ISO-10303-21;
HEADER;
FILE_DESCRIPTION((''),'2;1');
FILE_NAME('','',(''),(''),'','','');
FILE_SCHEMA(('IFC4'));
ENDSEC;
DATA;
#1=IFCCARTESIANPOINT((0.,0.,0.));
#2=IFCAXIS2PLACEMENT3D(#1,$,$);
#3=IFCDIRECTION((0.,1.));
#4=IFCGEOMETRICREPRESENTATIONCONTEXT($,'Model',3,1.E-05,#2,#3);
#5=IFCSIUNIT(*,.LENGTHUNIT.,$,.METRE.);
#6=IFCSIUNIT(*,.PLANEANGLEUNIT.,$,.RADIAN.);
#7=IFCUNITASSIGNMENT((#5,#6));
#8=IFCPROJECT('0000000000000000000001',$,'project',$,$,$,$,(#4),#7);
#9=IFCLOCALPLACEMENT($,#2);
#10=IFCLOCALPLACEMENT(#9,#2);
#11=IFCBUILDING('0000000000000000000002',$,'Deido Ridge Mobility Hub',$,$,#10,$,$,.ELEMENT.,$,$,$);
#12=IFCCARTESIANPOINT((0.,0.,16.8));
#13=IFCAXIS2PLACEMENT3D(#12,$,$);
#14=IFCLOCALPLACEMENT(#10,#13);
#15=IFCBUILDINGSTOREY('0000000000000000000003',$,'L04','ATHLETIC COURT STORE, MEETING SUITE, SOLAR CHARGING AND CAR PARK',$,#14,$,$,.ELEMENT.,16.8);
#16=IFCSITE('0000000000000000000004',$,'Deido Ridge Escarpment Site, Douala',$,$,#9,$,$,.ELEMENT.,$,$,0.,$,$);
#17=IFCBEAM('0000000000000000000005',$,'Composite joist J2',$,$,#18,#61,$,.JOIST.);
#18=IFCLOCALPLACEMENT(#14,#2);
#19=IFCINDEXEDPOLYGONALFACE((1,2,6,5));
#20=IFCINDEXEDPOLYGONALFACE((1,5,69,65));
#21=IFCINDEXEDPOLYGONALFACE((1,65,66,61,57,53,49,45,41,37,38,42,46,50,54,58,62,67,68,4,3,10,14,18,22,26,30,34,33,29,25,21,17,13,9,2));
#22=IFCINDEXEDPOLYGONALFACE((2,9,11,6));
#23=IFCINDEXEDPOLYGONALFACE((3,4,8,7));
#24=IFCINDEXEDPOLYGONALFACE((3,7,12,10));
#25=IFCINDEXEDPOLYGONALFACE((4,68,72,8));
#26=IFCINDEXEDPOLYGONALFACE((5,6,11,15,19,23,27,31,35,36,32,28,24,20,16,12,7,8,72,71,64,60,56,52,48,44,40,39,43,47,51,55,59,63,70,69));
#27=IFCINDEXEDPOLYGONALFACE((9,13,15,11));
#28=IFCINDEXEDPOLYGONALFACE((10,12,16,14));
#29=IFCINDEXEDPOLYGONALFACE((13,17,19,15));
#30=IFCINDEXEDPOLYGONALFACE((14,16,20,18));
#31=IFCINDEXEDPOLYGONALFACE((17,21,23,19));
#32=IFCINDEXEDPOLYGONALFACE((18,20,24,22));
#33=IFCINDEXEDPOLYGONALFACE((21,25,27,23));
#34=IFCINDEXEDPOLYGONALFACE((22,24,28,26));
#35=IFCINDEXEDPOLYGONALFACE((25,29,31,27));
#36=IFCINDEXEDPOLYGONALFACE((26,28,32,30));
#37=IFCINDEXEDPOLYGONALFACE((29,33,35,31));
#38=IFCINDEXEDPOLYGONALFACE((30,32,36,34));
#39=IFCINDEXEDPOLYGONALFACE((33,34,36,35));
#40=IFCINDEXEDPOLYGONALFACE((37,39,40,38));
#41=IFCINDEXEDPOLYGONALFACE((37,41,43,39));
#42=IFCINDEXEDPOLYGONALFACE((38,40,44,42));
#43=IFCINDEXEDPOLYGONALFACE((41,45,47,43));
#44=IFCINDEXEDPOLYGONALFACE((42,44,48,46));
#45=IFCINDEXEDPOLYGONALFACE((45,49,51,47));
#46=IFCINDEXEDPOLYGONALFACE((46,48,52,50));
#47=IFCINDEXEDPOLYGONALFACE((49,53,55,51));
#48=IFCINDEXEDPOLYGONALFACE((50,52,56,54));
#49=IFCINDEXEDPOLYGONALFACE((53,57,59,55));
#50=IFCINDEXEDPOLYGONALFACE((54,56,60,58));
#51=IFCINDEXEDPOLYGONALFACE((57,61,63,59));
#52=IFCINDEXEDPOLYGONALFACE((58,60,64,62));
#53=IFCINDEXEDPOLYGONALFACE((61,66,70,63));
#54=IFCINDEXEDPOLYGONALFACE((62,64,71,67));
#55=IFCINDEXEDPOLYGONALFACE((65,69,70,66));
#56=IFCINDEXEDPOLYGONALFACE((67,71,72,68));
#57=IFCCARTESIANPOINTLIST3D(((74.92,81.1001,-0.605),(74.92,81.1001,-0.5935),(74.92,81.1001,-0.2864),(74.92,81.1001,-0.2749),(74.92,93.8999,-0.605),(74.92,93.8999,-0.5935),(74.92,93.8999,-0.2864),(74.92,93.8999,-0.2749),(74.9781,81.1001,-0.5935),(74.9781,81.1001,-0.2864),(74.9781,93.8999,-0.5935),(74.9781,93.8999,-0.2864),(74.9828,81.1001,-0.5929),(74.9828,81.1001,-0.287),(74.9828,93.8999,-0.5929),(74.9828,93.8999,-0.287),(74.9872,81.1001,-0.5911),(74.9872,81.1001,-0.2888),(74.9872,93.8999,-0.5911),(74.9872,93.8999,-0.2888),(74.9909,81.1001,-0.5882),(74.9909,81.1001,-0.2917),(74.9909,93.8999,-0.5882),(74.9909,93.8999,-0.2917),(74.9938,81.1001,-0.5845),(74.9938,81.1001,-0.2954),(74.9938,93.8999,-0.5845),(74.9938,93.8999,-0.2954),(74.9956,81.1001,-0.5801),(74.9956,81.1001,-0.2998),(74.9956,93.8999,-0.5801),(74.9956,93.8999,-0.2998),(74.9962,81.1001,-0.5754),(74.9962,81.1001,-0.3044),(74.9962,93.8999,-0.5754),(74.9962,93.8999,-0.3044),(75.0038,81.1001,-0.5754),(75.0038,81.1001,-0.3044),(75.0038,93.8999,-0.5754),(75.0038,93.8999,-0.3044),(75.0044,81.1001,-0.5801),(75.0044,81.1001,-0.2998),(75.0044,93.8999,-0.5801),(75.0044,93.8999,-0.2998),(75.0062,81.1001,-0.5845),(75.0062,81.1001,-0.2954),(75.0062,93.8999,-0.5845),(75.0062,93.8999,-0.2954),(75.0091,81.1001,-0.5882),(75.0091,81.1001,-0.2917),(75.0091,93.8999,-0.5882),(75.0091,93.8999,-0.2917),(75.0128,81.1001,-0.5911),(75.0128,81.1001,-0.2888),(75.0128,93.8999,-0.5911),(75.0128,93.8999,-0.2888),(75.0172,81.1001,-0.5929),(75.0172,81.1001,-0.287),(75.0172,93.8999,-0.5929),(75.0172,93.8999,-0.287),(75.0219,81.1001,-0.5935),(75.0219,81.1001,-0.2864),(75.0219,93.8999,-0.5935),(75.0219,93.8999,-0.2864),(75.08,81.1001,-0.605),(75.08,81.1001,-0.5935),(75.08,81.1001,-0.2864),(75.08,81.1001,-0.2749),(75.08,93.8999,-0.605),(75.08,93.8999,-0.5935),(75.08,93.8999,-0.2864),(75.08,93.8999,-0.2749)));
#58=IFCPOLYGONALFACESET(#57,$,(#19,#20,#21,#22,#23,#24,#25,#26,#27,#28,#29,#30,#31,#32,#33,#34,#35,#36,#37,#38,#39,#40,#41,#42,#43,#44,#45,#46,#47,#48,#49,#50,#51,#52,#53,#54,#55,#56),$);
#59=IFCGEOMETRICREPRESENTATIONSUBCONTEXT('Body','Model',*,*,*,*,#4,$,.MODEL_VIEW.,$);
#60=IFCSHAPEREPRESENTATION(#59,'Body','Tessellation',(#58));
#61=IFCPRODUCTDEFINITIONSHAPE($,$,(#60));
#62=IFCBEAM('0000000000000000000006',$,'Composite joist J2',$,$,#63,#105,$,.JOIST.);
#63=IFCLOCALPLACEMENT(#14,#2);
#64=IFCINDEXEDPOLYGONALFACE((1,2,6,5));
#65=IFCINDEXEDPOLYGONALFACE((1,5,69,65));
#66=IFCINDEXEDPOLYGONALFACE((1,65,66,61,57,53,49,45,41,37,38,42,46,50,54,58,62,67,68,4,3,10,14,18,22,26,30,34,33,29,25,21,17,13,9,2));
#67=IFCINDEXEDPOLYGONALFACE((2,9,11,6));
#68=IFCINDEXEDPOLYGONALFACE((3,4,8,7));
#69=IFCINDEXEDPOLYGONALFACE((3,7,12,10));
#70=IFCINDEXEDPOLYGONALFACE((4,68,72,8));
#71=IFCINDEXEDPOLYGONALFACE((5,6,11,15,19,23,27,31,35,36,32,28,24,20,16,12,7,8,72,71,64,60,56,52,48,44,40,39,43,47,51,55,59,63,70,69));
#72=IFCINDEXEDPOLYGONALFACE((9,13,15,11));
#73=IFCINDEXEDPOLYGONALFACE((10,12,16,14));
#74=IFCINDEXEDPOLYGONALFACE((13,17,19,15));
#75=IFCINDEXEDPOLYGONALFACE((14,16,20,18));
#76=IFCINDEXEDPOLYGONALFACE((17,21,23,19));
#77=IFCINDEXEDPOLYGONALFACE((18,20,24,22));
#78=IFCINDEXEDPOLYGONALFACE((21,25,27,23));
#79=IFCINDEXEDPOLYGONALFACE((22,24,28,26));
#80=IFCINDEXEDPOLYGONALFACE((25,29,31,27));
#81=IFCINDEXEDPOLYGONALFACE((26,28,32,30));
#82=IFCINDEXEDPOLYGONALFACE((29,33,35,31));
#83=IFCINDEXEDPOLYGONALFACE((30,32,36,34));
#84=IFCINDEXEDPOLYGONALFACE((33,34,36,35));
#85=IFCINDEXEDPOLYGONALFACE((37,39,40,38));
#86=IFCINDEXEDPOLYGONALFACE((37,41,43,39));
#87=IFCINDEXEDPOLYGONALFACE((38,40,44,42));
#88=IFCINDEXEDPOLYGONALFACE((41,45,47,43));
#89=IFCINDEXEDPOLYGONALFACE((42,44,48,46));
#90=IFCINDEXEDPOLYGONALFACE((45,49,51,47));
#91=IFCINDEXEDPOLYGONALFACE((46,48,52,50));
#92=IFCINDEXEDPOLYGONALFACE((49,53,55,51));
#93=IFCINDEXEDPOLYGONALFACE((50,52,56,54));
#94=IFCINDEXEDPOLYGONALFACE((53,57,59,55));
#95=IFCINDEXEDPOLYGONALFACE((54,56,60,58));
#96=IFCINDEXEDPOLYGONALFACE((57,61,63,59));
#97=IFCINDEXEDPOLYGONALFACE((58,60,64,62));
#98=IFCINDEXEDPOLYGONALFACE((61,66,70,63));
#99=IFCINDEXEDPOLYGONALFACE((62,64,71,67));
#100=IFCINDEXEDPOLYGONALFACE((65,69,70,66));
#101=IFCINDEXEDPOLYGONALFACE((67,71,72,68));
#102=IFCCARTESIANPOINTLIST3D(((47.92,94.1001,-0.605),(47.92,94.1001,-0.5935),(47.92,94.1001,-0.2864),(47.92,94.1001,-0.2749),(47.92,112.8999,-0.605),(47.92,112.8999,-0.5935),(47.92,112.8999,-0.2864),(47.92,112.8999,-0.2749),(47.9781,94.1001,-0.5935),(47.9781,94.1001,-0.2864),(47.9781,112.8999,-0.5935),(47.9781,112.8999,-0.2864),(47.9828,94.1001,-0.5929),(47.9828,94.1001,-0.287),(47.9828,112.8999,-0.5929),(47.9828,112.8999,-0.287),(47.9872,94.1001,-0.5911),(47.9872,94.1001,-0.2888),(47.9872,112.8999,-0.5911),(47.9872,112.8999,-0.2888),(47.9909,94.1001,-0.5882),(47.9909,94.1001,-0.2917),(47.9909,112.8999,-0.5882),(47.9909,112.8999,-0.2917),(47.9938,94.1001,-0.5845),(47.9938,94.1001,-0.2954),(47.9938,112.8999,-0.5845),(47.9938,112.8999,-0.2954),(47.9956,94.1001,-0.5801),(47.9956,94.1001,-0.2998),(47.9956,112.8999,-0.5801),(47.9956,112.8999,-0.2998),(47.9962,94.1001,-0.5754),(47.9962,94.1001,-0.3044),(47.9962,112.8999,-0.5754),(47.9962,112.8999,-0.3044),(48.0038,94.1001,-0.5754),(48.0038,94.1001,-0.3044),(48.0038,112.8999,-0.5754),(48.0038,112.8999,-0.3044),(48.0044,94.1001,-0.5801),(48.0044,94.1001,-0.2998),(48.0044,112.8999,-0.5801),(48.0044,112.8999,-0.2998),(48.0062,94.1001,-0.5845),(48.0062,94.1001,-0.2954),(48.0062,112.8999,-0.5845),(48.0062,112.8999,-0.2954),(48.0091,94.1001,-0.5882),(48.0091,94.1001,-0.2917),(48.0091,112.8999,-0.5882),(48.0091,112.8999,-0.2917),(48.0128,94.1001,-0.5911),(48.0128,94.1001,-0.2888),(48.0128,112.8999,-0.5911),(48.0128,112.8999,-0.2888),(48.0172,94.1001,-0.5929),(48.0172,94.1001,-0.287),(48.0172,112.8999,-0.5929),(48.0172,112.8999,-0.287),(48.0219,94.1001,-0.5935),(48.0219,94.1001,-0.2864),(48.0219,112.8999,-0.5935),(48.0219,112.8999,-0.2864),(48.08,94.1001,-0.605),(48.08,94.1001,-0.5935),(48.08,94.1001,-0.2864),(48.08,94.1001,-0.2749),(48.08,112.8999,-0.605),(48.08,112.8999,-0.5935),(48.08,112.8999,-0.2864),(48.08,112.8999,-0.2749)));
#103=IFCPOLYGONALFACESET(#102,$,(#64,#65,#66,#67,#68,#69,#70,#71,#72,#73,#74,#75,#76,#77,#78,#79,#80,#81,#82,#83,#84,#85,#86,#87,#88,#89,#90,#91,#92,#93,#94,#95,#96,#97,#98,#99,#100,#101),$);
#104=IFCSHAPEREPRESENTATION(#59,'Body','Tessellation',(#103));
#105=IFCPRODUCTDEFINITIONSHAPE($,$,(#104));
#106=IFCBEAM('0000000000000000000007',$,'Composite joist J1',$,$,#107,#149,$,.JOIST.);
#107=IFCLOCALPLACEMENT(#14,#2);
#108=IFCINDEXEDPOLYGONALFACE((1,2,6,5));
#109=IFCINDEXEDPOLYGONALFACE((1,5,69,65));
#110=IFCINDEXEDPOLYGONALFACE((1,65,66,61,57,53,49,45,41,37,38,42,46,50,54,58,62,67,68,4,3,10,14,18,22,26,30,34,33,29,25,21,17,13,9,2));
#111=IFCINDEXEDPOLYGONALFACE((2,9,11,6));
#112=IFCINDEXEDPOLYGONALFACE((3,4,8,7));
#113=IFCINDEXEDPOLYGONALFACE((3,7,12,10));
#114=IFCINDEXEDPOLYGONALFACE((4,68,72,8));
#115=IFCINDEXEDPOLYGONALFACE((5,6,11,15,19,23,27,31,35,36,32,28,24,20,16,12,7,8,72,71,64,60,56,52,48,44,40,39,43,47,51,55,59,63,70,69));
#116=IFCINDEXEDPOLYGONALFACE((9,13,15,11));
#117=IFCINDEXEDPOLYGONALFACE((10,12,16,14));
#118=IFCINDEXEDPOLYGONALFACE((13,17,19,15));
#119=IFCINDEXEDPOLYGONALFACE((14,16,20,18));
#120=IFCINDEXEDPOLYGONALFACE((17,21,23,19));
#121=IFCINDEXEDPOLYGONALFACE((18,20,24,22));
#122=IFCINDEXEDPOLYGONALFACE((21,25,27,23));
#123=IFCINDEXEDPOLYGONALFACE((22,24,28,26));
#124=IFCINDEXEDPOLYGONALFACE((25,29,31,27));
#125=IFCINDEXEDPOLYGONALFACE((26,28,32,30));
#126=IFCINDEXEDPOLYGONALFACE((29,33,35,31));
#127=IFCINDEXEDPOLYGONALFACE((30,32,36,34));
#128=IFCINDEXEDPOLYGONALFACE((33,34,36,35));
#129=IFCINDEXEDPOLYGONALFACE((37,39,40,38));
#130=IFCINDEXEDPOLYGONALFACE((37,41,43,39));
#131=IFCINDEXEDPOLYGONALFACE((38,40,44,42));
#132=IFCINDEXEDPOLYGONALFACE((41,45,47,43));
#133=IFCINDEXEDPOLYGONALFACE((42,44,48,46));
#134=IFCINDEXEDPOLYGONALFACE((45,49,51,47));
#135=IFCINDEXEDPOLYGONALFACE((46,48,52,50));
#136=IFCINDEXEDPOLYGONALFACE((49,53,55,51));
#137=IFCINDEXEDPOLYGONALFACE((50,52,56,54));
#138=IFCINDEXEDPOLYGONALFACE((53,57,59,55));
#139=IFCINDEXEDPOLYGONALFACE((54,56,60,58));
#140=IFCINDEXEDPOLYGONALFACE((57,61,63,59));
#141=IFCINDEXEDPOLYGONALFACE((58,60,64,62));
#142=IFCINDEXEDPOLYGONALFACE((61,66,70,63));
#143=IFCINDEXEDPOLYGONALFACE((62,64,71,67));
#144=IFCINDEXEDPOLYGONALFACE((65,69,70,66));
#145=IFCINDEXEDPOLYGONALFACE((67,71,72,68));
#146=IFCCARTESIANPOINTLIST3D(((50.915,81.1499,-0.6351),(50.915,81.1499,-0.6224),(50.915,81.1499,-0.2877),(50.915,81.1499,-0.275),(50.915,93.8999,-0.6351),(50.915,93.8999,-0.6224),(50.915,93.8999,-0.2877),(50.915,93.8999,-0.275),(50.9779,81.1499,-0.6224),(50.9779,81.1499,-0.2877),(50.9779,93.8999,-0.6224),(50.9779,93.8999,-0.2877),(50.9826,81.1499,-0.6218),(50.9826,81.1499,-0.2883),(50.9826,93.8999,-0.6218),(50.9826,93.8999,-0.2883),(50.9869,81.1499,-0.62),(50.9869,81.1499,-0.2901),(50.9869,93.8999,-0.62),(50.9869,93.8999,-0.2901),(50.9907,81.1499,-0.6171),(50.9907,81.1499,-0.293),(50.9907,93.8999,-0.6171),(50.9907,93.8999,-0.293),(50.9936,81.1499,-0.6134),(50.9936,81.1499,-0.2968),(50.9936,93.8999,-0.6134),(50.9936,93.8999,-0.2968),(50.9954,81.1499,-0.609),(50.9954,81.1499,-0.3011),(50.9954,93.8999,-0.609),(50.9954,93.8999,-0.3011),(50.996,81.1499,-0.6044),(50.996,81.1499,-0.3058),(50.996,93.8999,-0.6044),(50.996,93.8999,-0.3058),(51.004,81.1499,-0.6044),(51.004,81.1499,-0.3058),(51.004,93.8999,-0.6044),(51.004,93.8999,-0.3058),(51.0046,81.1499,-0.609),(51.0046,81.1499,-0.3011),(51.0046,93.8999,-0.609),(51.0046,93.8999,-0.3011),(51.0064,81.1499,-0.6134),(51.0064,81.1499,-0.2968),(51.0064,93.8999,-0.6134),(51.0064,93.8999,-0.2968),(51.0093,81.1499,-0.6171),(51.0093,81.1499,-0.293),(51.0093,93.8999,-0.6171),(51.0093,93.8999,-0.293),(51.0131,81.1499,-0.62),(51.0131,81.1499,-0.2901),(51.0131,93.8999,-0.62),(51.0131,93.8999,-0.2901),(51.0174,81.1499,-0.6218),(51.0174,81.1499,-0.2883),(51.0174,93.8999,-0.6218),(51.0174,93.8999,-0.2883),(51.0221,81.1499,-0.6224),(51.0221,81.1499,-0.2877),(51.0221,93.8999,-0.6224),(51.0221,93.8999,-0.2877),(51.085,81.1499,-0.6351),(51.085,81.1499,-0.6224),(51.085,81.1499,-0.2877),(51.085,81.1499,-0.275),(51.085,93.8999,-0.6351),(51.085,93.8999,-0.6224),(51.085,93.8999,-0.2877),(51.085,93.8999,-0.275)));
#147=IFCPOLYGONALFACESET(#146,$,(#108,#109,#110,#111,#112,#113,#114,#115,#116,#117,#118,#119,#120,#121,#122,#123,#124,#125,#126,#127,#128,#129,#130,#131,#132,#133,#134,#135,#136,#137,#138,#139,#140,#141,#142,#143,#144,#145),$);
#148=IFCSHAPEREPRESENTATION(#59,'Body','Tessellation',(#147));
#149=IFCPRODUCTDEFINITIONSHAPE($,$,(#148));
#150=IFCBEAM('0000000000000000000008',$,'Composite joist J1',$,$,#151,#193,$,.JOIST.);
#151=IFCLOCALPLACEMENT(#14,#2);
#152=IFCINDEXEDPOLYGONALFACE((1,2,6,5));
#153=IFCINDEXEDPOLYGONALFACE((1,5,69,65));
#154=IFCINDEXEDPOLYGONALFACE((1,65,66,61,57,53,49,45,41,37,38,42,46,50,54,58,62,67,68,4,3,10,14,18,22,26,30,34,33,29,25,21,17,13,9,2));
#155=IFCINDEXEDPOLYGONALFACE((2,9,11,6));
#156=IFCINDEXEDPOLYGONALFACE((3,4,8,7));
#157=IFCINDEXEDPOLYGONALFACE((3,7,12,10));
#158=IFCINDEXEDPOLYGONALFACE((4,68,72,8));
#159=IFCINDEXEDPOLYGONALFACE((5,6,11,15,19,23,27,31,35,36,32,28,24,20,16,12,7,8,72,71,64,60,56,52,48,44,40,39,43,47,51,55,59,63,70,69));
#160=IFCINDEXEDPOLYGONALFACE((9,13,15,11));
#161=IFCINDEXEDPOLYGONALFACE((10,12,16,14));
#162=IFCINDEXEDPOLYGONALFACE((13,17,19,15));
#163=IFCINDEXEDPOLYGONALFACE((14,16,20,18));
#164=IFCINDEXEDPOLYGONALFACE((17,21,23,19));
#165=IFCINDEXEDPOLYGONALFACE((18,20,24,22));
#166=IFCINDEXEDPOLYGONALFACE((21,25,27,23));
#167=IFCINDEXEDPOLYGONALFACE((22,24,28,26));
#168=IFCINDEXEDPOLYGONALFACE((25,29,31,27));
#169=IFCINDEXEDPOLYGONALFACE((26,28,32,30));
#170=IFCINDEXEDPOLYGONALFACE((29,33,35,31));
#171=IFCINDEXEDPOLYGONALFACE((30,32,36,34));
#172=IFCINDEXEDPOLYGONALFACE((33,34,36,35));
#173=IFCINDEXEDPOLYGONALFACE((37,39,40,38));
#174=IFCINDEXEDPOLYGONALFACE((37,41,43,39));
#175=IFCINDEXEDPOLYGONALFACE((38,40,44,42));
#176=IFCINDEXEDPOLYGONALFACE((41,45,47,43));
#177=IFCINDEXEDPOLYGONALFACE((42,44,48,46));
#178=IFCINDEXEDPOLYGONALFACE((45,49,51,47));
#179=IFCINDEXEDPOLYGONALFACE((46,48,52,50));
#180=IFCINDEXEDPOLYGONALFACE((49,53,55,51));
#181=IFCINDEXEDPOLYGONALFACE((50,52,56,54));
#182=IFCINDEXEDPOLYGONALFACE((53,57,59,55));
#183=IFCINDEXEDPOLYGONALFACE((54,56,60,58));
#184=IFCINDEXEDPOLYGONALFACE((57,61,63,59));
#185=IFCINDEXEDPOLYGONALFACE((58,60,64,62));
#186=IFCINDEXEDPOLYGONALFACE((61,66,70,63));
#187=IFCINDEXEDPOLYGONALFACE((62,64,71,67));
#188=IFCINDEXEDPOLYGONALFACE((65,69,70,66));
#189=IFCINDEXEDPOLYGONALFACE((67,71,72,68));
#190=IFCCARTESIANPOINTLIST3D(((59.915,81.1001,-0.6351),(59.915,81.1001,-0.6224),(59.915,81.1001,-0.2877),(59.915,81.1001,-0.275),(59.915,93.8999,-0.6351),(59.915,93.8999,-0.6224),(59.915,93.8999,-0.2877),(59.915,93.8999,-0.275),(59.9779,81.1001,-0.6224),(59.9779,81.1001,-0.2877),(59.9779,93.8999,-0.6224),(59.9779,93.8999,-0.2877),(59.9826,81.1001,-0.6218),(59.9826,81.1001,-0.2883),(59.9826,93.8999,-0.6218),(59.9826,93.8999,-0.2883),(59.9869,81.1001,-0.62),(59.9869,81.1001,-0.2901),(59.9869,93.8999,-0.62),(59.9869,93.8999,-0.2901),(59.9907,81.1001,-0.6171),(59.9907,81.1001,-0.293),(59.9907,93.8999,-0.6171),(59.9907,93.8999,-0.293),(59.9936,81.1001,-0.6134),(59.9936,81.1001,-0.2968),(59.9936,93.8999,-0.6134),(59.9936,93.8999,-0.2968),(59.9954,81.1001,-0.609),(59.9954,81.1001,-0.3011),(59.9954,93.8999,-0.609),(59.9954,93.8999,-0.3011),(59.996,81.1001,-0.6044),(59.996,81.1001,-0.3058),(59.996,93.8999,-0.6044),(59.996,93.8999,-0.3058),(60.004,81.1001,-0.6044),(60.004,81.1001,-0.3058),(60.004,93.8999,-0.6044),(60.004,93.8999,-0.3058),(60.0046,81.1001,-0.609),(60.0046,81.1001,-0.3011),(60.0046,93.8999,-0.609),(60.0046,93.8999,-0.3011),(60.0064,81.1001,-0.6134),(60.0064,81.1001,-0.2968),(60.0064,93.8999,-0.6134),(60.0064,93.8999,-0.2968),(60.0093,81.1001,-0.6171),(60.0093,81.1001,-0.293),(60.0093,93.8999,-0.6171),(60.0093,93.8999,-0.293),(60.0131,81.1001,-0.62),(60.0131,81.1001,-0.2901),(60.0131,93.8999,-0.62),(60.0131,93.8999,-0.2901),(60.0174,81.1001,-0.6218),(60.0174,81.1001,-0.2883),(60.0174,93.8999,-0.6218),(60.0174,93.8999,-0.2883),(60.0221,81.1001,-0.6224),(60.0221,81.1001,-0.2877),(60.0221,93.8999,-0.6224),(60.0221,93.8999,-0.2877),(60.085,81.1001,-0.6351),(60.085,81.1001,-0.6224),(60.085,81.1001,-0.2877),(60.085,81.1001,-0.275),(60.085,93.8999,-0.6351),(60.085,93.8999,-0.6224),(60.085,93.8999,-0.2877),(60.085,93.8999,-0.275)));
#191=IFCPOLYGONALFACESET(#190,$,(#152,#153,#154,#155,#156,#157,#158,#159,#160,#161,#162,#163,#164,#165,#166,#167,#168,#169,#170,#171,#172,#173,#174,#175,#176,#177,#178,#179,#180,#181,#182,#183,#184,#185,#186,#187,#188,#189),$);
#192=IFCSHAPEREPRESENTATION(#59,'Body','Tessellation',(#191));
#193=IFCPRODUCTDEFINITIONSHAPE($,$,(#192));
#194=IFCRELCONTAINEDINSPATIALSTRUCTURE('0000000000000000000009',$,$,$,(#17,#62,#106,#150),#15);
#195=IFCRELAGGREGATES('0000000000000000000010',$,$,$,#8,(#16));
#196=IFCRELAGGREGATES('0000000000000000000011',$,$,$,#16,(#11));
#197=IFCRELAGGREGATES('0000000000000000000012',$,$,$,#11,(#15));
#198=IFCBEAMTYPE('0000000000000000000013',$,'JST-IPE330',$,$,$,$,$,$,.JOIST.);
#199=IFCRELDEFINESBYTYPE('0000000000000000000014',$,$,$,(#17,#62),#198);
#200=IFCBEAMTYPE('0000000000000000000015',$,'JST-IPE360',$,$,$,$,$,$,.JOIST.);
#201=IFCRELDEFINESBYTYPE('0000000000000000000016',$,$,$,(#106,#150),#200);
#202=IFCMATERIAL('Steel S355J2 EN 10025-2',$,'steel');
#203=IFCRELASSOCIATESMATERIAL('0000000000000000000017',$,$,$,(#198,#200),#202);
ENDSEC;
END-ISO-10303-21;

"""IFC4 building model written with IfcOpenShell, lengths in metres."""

from ifc_helpers import new_model, si_unit, direction, frame, origin, origin_2d, place, context, subcontext, project, spatial, i_section, extrude, material, material_profile, profile_set, type_object, element, save


model = new_model("IFC4")

# Units and contexts
model_context = context("Model", 3, precision=1e-05, world=origin(), true_north=direction((0.0, 1.0)))
body_context = subcontext(model_context, "Body", "Model", "MODEL_VIEW")
ifc_project = project(units=[si_unit("LENGTHUNIT", "METRE"), si_unit("PLANEANGLEUNIT", "RADIAN")], contexts=[model_context])

# Site, building, storey
site_placement = place(None, origin())
site = spatial("IfcSite", under=ifc_project, at=site_placement, Name="Deido Ridge Escarpment Site, Douala", CompositionType="ELEMENT", RefElevation=0.0)
building_placement = place(site_placement, origin())
building = spatial("IfcBuilding", under=site, at=building_placement, Name="Deido Ridge Mobility Hub", CompositionType="ELEMENT")
storey_placement = place(building_placement, frame((0.0, 0.0, 16.8)))
storey = spatial("IfcBuildingStorey", under=building, at=storey_placement, Name="L04", Description="ATHLETIC COURT STORE, MEETING SUITE, SOLAR CHARGING AND CAR PARK", CompositionType="ELEMENT", Elevation=16.8)

# Shared definitions
ifc_material_1 = material(Name="Steel S355J2 EN 10025-2", Category="steel")

# Beams
ifc_material_profile_1 = material_profile(ifc_material_1, i_section(OverallWidth=0.1599, OverallDepth=0.3301, WebThickness=0.0076, FlangeThickness=0.0115, FilletRadius=0.0181, at=origin_2d()), Name="IPE 330")
ifc_profile_set_1 = profile_set([ifc_material_profile_1], Name="Steel S355J2 EN 10025-2")
beam_type_1 = type_object("IfcBeamType", Name="JST-IPE330", PredefinedType="JOIST", material=ifc_profile_set_1)
for number, where, z_axis, x_axis, name in (
    (1, (75.0, 81.1001, -0.4399), (0.0, 1.0, 0.0), (-1.0, 0.0, 0.0), "Composite joist J2"),
):
    element("IfcBeam", number, at=place(storey_placement, frame(where, z_axis=z_axis, x_axis=x_axis)), inside=storey, type_object=beam_type_1, Name=name, PredefinedType="JOIST", context=body_context, shape_type="SweptSolid", body=[
        extrude(i_section(OverallWidth=0.1599, OverallDepth=0.3301, WebThickness=0.0076, FlangeThickness=0.0115, FilletRadius=0.0181, at=origin_2d()), origin(), (0.0, 0.0, 1.0), 12.7998),
    ])
beam_1_placement = place(storey_placement, frame((48.0, 94.1001, -0.4399), z_axis=(0.0, 1.0, 0.0), x_axis=(-1.0, 0.0, 0.0)))
element("IfcBeam", 2, at=beam_1_placement, inside=storey, type_object=beam_type_1, Name="Composite joist J2", PredefinedType="JOIST", context=body_context, shape_type="SweptSolid", body=[
    extrude(i_section(OverallWidth=0.1599, OverallDepth=0.3301, WebThickness=0.0076, FlangeThickness=0.0115, FilletRadius=0.0181, at=origin_2d()), origin(), (0.0, 0.0, 1.0), 18.7998),
])
ifc_material_profile_2 = material_profile(ifc_material_1, i_section(OverallWidth=0.1699, OverallDepth=0.3601, WebThickness=0.0081, FlangeThickness=0.0127, FilletRadius=0.0181, at=origin_2d()), Name="IPE 360")
ifc_profile_set_2 = profile_set([ifc_material_profile_2], Name="Steel S355J2 EN 10025-2")
beam_type_2 = type_object("IfcBeamType", Name="JST-IPE360", PredefinedType="JOIST", material=ifc_profile_set_2)
beam_2_placement = place(storey_placement, frame((51.0, 81.1499, -0.4551), z_axis=(0.0, 1.0, 0.0), x_axis=(-1.0, 0.0, 0.0)))
element("IfcBeam", 3, at=beam_2_placement, inside=storey, type_object=beam_type_2, Name="Composite joist J1", PredefinedType="JOIST", context=body_context, shape_type="SweptSolid", body=[
    extrude(i_section(OverallWidth=0.1699, OverallDepth=0.3601, WebThickness=0.0081, FlangeThickness=0.0127, FilletRadius=0.0181, at=origin_2d()), origin(), (0.0, 0.0, 1.0), 12.75),
])
for number, where, z_axis, x_axis, name in (
    (4, (60.0, 81.1001, -0.4551), (0.0, 1.0, 0.0), (-1.0, 0.0, 0.0), "Composite joist J1"),
):
    element("IfcBeam", number, at=place(storey_placement, frame(where, z_axis=z_axis, x_axis=x_axis)), inside=storey, type_object=beam_type_2, Name=name, PredefinedType="JOIST", context=body_context, shape_type="SweptSolid", body=[
        extrude(i_section(OverallWidth=0.1699, OverallDepth=0.3601, WebThickness=0.0081, FlangeThickness=0.0127, FilletRadius=0.0181, at=origin_2d()), origin(), (0.0, 0.0, 1.0), 12.7998),
    ])

save(model, "model.ifc")
